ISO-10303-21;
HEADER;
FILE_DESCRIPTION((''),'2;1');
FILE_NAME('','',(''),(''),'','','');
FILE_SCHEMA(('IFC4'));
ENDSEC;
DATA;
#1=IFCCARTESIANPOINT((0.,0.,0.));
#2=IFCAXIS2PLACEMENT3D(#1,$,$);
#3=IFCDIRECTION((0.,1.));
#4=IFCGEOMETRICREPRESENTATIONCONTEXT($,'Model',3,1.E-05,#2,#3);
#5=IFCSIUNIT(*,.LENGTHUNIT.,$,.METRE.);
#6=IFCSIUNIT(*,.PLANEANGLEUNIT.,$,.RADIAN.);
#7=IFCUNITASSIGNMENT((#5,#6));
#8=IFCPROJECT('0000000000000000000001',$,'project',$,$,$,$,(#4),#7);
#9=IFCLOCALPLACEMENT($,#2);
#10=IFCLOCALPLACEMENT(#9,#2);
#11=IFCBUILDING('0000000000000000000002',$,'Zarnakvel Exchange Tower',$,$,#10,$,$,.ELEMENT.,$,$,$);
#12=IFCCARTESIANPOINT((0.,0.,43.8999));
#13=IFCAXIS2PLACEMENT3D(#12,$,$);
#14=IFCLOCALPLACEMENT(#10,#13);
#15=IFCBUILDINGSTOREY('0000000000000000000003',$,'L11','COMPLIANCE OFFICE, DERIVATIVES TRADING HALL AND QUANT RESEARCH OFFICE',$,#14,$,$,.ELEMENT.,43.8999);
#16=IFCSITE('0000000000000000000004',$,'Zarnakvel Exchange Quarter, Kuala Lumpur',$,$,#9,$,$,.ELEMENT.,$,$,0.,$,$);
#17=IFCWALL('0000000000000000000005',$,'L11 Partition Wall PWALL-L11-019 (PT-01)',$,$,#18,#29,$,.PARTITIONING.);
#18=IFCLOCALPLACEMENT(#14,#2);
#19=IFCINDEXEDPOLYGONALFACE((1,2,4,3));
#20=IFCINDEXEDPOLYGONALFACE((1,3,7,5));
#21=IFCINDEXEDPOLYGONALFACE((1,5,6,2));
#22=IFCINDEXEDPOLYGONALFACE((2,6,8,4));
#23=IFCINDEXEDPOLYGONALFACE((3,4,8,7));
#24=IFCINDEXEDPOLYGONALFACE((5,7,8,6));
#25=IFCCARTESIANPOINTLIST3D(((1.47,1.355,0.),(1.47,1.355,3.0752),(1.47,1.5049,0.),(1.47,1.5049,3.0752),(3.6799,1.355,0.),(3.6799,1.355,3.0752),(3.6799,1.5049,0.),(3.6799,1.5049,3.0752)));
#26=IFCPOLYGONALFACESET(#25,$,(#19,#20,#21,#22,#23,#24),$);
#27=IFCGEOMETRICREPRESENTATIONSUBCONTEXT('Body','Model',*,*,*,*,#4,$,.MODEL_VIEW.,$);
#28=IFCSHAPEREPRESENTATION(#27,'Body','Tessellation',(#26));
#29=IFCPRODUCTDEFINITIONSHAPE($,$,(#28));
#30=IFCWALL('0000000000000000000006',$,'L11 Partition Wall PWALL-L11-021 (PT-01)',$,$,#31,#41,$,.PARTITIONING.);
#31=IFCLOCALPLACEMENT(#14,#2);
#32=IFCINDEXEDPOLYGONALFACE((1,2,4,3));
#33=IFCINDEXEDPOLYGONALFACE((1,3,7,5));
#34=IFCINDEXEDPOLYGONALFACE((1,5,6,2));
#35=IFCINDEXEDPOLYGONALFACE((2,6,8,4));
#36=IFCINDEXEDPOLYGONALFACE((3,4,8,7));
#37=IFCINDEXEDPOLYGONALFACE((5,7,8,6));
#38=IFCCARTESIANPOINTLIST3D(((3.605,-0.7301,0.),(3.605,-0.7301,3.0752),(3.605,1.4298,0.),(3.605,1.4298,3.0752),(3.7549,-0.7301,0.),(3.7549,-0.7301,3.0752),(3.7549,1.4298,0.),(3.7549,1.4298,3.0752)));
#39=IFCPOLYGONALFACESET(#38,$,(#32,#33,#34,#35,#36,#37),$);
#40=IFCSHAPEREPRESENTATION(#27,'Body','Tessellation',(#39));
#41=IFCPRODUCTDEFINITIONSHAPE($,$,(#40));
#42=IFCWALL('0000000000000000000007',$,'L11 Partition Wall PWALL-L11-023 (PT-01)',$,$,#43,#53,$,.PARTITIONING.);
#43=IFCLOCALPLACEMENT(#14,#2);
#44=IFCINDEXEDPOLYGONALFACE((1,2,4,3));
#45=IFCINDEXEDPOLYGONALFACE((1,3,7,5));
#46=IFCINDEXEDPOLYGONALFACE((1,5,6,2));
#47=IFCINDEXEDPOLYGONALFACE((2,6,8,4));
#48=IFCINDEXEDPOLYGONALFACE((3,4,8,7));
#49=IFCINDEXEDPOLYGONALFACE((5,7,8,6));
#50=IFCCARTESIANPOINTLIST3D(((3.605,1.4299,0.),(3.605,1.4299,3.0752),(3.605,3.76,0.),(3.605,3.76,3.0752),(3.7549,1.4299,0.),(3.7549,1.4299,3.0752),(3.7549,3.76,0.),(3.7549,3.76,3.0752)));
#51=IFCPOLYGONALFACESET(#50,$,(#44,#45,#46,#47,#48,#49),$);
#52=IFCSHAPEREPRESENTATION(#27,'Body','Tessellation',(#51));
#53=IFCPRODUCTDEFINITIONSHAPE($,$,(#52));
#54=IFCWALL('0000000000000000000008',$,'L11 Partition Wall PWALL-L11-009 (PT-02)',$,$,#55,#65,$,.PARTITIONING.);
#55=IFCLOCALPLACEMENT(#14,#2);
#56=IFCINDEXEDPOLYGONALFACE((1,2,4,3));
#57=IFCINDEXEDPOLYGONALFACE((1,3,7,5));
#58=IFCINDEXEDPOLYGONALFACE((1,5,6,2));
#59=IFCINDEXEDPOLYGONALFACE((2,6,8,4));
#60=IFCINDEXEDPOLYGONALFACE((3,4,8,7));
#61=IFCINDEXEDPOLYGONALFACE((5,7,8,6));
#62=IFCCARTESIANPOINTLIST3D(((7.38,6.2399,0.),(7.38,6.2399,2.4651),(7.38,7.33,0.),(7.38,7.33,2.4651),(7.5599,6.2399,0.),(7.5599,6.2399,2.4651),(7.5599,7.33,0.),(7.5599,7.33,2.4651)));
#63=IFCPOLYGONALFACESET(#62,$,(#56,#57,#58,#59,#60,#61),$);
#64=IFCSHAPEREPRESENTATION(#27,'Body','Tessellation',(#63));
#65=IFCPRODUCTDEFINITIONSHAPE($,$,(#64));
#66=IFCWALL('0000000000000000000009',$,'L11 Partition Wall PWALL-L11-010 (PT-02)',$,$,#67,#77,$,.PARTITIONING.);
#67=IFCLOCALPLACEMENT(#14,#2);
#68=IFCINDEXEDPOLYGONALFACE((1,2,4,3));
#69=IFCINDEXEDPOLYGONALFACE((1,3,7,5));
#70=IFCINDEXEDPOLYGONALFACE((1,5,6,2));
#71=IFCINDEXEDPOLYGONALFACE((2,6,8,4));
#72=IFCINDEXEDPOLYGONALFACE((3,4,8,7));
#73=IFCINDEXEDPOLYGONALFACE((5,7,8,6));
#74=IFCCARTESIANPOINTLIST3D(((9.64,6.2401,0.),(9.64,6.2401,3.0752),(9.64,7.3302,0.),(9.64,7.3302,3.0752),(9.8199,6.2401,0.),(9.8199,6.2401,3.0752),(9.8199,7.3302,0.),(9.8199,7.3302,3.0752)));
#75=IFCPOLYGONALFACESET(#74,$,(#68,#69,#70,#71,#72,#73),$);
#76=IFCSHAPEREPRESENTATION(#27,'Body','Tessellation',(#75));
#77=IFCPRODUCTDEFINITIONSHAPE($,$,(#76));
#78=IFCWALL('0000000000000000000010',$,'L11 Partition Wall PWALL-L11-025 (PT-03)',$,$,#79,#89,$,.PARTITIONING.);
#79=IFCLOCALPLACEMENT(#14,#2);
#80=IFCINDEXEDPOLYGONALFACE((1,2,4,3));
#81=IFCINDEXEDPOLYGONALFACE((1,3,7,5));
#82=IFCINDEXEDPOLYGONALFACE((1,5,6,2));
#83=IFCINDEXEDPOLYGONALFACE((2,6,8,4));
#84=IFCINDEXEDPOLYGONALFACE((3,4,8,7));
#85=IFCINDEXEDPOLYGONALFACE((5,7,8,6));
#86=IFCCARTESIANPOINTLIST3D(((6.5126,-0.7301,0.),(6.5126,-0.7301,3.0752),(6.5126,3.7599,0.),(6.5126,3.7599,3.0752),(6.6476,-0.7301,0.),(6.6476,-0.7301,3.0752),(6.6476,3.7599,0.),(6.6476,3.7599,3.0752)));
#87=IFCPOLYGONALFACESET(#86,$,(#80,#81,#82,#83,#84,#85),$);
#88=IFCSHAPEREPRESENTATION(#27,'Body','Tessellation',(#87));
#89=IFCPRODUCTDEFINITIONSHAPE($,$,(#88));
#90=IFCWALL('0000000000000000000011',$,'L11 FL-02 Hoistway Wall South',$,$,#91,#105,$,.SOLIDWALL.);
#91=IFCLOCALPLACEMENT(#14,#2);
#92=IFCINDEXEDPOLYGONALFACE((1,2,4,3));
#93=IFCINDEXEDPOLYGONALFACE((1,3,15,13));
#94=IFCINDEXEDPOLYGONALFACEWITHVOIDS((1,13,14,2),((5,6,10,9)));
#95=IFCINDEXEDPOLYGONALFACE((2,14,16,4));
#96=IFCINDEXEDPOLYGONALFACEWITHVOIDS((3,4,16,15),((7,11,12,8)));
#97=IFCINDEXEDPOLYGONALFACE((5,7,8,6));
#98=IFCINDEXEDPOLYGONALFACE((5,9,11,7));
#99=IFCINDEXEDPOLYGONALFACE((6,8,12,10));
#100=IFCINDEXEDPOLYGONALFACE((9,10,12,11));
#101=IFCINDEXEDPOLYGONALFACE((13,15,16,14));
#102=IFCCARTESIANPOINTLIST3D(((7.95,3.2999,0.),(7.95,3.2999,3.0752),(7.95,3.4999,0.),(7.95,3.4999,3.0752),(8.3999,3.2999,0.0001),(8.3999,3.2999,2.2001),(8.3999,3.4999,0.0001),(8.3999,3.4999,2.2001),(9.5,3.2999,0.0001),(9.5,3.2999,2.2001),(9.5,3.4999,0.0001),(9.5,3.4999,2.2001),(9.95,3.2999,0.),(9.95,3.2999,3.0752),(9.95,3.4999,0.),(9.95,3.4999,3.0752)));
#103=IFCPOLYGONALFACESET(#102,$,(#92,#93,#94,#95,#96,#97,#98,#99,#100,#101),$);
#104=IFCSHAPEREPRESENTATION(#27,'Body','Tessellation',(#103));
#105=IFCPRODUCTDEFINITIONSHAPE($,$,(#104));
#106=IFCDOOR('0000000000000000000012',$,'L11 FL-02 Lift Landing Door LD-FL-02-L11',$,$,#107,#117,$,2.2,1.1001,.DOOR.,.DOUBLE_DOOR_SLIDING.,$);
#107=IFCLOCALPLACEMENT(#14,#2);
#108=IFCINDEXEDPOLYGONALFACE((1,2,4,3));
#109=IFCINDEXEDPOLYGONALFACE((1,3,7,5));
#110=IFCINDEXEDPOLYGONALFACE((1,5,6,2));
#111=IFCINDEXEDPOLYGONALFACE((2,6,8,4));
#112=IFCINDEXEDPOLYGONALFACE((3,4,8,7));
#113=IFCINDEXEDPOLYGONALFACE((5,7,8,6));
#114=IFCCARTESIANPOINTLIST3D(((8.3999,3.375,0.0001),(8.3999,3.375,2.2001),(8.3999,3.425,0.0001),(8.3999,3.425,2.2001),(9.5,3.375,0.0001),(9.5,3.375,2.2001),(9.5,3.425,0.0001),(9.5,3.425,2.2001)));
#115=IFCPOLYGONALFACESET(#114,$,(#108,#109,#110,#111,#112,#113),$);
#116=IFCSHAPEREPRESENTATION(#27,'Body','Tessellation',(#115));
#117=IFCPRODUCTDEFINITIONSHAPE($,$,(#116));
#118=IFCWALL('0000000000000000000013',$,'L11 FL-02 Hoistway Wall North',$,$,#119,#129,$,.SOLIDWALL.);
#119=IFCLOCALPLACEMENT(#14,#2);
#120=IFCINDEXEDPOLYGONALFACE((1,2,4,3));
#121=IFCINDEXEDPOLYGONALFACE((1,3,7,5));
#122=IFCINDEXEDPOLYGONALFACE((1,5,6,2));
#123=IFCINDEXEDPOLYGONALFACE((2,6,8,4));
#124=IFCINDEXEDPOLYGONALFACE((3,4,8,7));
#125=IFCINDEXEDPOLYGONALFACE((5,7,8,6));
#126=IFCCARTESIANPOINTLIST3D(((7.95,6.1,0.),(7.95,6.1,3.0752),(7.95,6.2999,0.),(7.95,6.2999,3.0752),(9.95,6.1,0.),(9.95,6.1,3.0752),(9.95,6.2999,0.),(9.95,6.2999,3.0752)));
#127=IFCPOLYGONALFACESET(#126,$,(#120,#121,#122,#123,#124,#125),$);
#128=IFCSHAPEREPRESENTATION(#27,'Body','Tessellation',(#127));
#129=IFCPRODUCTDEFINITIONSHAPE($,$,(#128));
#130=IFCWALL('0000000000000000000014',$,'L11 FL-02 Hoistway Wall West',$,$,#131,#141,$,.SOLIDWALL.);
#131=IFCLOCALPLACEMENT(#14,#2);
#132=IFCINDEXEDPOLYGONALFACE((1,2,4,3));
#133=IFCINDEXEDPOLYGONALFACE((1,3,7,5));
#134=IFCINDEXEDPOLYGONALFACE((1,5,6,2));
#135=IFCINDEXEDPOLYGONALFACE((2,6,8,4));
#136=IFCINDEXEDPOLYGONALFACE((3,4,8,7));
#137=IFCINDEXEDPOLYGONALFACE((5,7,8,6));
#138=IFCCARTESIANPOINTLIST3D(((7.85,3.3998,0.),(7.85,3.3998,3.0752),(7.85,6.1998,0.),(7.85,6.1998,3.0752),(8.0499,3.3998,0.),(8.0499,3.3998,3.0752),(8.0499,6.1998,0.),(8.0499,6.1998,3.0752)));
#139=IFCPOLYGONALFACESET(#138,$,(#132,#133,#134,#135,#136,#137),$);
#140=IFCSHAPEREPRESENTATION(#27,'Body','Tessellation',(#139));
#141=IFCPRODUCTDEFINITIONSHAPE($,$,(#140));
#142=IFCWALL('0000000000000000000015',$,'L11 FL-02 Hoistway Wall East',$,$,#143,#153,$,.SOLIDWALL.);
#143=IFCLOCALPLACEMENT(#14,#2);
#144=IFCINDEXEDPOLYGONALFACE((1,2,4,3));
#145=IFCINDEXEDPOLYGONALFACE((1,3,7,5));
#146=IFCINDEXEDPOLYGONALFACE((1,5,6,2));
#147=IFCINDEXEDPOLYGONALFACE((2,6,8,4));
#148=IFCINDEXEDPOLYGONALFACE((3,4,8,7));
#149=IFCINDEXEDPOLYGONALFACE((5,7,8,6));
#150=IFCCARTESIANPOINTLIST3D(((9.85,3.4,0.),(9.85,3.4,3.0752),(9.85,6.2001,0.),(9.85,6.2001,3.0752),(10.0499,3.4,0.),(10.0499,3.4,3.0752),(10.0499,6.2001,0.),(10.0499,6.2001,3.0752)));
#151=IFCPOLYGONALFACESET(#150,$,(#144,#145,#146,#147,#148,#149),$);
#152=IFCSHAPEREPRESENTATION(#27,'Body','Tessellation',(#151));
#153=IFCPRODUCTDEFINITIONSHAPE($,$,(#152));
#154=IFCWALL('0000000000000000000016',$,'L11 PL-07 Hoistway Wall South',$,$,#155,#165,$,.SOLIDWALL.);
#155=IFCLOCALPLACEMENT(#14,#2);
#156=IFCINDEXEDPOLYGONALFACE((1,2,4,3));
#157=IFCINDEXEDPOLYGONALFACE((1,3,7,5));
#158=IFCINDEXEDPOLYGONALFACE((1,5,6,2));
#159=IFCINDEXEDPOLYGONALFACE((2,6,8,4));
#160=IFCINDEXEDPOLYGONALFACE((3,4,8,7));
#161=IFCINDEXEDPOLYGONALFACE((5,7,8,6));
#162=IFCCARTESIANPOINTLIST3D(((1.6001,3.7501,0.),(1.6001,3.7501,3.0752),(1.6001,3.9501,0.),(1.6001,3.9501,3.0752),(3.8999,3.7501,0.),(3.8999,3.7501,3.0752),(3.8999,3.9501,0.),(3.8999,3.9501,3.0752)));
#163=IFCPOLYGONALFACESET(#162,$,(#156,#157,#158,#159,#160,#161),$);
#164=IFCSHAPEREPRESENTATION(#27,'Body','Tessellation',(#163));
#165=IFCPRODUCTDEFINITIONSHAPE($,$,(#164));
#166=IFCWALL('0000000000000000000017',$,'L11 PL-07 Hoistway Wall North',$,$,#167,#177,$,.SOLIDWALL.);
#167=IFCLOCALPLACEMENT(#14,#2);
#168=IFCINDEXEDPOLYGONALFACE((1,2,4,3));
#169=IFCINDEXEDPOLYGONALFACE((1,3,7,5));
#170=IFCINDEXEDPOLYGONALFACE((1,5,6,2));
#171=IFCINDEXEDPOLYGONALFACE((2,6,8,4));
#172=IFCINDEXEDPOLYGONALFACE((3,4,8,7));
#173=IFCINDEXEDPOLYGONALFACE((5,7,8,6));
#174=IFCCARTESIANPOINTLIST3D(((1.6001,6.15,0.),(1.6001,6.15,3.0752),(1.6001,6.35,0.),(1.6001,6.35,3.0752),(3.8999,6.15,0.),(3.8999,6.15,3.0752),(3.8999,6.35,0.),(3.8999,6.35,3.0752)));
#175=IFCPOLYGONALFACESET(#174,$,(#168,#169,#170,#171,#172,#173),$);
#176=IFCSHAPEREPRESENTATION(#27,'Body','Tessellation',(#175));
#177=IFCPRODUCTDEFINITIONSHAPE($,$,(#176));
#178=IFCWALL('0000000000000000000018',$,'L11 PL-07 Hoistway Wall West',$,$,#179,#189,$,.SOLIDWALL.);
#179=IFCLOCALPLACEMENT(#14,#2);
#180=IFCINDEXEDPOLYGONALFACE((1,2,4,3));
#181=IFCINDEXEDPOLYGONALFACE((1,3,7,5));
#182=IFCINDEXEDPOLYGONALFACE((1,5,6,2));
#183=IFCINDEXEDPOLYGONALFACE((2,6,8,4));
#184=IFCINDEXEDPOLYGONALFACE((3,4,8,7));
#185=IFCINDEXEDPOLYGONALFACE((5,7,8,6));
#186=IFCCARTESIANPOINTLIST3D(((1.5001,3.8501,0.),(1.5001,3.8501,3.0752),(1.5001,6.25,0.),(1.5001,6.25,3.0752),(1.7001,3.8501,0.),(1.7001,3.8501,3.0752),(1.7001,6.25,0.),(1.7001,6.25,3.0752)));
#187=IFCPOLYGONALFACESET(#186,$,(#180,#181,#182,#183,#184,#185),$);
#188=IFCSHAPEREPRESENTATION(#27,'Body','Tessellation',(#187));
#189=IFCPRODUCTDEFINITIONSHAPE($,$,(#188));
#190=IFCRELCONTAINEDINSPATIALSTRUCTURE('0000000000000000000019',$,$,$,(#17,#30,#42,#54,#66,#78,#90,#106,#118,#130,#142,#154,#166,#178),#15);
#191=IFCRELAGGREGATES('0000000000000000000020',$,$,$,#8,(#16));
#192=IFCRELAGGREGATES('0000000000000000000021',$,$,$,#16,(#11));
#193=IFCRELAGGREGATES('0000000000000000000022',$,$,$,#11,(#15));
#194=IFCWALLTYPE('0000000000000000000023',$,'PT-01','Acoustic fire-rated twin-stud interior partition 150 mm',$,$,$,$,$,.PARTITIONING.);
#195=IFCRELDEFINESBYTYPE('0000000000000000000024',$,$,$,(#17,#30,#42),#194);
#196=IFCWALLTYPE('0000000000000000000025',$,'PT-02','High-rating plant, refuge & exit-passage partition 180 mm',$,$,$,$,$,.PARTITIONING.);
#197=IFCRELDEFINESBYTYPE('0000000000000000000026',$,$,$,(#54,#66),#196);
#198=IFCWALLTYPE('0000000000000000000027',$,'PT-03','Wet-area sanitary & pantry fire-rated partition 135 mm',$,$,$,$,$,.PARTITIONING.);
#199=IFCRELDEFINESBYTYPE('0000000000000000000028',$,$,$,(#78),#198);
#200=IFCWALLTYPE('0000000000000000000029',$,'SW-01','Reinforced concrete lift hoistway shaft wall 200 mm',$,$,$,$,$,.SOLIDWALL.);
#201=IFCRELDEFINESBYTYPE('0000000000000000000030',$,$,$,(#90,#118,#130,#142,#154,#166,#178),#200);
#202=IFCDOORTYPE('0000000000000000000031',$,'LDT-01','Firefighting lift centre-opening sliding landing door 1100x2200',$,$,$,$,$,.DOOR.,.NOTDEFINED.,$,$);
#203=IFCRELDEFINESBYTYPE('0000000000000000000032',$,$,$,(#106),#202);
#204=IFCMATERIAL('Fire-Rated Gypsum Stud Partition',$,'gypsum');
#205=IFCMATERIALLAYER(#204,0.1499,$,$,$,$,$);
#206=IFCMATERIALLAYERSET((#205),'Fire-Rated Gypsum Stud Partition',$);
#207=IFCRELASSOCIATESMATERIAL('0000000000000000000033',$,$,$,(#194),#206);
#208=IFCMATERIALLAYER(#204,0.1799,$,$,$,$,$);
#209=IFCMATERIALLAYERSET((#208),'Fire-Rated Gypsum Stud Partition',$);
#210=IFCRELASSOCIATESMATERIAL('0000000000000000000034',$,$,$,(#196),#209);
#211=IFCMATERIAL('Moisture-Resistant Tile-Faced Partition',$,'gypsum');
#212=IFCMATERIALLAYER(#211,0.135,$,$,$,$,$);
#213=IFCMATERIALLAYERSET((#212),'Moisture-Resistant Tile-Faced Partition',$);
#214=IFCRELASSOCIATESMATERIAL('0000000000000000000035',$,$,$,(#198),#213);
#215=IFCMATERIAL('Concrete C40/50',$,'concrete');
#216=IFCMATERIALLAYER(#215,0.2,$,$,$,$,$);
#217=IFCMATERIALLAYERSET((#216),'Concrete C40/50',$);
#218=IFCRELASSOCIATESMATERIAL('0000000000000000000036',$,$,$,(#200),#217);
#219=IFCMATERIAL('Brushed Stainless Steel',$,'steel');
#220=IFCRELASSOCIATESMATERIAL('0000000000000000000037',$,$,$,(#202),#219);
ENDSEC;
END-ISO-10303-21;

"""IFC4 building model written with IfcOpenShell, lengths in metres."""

from ifc_helpers import new_model, si_unit, direction, frame, frame_2d, origin, place, context, subcontext, project, spatial, rectangle, extrude, source, transform, mapped, material, layer, layer_set, type_object, element, fill, save


model = new_model("IFC4")

# Units and contexts
model_context = context("Model", 3, precision=1e-05, world=origin(), true_north=direction((0.0, 1.0)))
body_context = subcontext(model_context, "Body", "Model", "MODEL_VIEW")
ifc_project = project(units=[si_unit("LENGTHUNIT", "METRE"), si_unit("PLANEANGLEUNIT", "RADIAN")], contexts=[model_context])

# Site, building, storey
site_placement = place(None, origin())
site = spatial("IfcSite", under=ifc_project, at=site_placement, Name="Zarnakvel Exchange Quarter, Kuala Lumpur", CompositionType="ELEMENT", RefElevation=0.0)
building_placement = place(site_placement, origin())
building = spatial("IfcBuilding", under=site, at=building_placement, Name="Zarnakvel Exchange Tower", CompositionType="ELEMENT")
storey_placement = place(building_placement, frame((0.0, 0.0, 43.8999)))
storey = spatial("IfcBuildingStorey", under=building, at=storey_placement, Name="L11", Description="COMPLIANCE OFFICE, DERIVATIVES TRADING HALL AND QUANT RESEARCH OFFICE", CompositionType="ELEMENT", Elevation=43.8999)

# Walls
ifc_material_1 = material(Name="Fire-Rated Gypsum Stud Partition", Category="gypsum")
ifc_layer_1 = layer(ifc_material_1, 0.1499)
ifc_layer_set_1 = layer_set([ifc_layer_1], Name="Fire-Rated Gypsum Stud Partition")
wall_type_1 = type_object("IfcWallType", Name="PT-01", Description="Acoustic fire-rated twin-stud interior partition 150 mm", PredefinedType="PARTITIONING", material=ifc_layer_set_1)
wall_1_placement = place(storey_placement, frame((1.47, 1.4299, 0.0), z_axis=(0.0, 0.0, 1.0), x_axis=(1.0, 0.0, 0.0)))
element("IfcWall", 1, at=wall_1_placement, inside=storey, type_object=wall_type_1, Name="L11 Partition Wall PWALL-L11-019 (PT-01)", PredefinedType="PARTITIONING", context=body_context, shape_type="SweptSolid", body=[
    extrude(rectangle(XDim=2.21, YDim=0.1499, at=frame_2d((1.105, 0.0))), origin(), (0.0, 0.0, 1.0), 3.0752),
])
wall_2_placement = place(storey_placement, frame((3.6799, 1.4299, 0.0), z_axis=(0.0, 0.0, 1.0), x_axis=(0.0, -1.0, 0.0)))
element("IfcWall", 2, at=wall_2_placement, inside=storey, type_object=wall_type_1, Name="L11 Partition Wall PWALL-L11-021 (PT-01)", PredefinedType="PARTITIONING", context=body_context, shape_type="SweptSolid", body=[
    extrude(rectangle(XDim=2.1599, YDim=0.1499, at=frame_2d((1.0801, 0.0))), origin(), (0.0, 0.0, 1.0), 3.0752),
])

# Walls
wall_3_placement = place(storey_placement, frame((3.6799, 3.76, 0.0), z_axis=(0.0, 0.0, 1.0), x_axis=(0.0, -1.0, 0.0)))
element("IfcWall", 3, at=wall_3_placement, inside=storey, type_object=wall_type_1, Name="L11 Partition Wall PWALL-L11-023 (PT-01)", PredefinedType="PARTITIONING", context=body_context, shape_type="SweptSolid", body=[
    extrude(rectangle(XDim=2.3301, YDim=0.1499, at=frame_2d((1.165, 0.0))), origin(), (0.0, 0.0, 1.0), 3.0752),
])
ifc_layer_2 = layer(ifc_material_1, 0.1799)
ifc_layer_set_2 = layer_set([ifc_layer_2], Name="Fire-Rated Gypsum Stud Partition")
wall_type_2 = type_object("IfcWallType", Name="PT-02", Description="High-rating plant, refuge & exit-passage partition 180 mm", PredefinedType="PARTITIONING", material=ifc_layer_set_2)
wall_4_placement = place(storey_placement, frame((7.47, 6.24, 0.0), z_axis=(0.0, 0.0, 1.0), x_axis=(0.0, 1.0, 0.0)))
element("IfcWall", 4, at=wall_4_placement, inside=storey, type_object=wall_type_2, Name="L11 Partition Wall PWALL-L11-009 (PT-02)", PredefinedType="PARTITIONING", context=body_context, shape_type="SweptSolid", body=[
    extrude(rectangle(XDim=1.0901, YDim=0.1799, at=frame_2d((0.5449, 0.0))), origin(), (0.0, 0.0, 1.0), 2.4651),
])
wall_5_placement = place(storey_placement, frame((9.73, 7.3301, 0.0), z_axis=(0.0, 0.0, 1.0), x_axis=(0.0, -1.0, 0.0)))
element("IfcWall", 5, at=wall_5_placement, inside=storey, type_object=wall_type_2, Name="L11 Partition Wall PWALL-L11-010 (PT-02)", PredefinedType="PARTITIONING", context=body_context, shape_type="SweptSolid", body=[
    extrude(rectangle(XDim=1.0901, YDim=0.1799, at=frame_2d((0.5449, 0.0))), origin(), (0.0, 0.0, 1.0), 3.0752),
])
ifc_material_2 = material(Name="Moisture-Resistant Tile-Faced Partition", Category="gypsum")
ifc_layer_3 = layer(ifc_material_2, 0.135)
ifc_layer_set_3 = layer_set([ifc_layer_3], Name="Moisture-Resistant Tile-Faced Partition")
wall_type_3 = type_object("IfcWallType", Name="PT-03", Description="Wet-area sanitary & pantry fire-rated partition 135 mm", PredefinedType="PARTITIONING", material=ifc_layer_set_3)
wall_6_placement = place(storey_placement, frame((6.5801, 3.76, 0.0), z_axis=(0.0, 0.0, 1.0), x_axis=(0.0, -1.0, 0.0)))
element("IfcWall", 6, at=wall_6_placement, inside=storey, type_object=wall_type_3, Name="L11 Partition Wall PWALL-L11-025 (PT-03)", PredefinedType="PARTITIONING", context=body_context, shape_type="SweptSolid", body=[
    extrude(rectangle(XDim=4.49, YDim=0.135, at=frame_2d((2.2451, 0.0))), origin(), (0.0, 0.0, 1.0), 3.0752),
])

# Wall, opening, door
ifc_material_3 = material(Name="Concrete C40/50", Category="concrete")
ifc_layer_4 = layer(ifc_material_3, 0.2)
ifc_layer_set_4 = layer_set([ifc_layer_4], Name="Concrete C40/50")
wall_type_4 = type_object("IfcWallType", Name="SW-01", Description="Reinforced concrete lift hoistway shaft wall 200 mm", PredefinedType="SOLIDWALL", material=ifc_layer_set_4)
wall_7_placement = place(storey_placement, frame((9.95, 3.3999, 0.0), z_axis=(0.0, 0.0, 1.0), x_axis=(-1.0, 0.0, 0.0)))
wall_7 = element("IfcWall", 7, at=wall_7_placement, inside=storey, type_object=wall_type_4, Name="L11 FL-02 Hoistway Wall South", PredefinedType="SOLIDWALL", context=body_context, shape_type="SweptSolid", body=[
    extrude(rectangle(XDim=2.0, YDim=0.2, at=frame_2d((1.0, 0.0))), origin(), (0.0, 0.0, 1.0), 3.0752),
])
opening_1_placement = place(wall_7_placement, frame((0.45, 0.0, 0.0)))
opening_1 = element("IfcOpeningElement", 8, at=opening_1_placement, cuts=wall_7, PredefinedType="OPENING", context=body_context, shape_type="SweptSolid", body=[
    extrude(rectangle(XDim=1.1001, YDim=2.2, at=frame_2d((0.55, 1.1001))), frame((0.0, 0.1099, 0.0), z_axis=(0.0, -1.0, 0.0), x_axis=(1.0, 0.0, 0.0)), (0.0, 0.0, 1.0), 0.22),
])
ifc_material_4 = material(Name="Brushed Stainless Steel", Category="steel")
door_type_1 = type_object("IfcDoorType", Name="LDT-01", Description="Firefighting lift centre-opening sliding landing door 1100x2200", OperationType="NOTDEFINED", PredefinedType="DOOR", material=ifc_material_4)
shared_shape_1 = source(origin(), body_context, "Body", "SweptSolid", [
    extrude(rectangle(XDim=1.1001, YDim=2.2, at=frame_2d((0.55, 1.1001))), frame((0.0, 0.0249, 0.0), z_axis=(0.0, -1.0, 0.0), x_axis=(1.0, 0.0, 0.0)), (0.0, 0.0, 1.0), 0.05),
])
door_1_placement = place(opening_1_placement, origin())
door_1 = element("IfcDoor", 9, at=door_1_placement, inside=storey, type_object=door_type_1, Name="L11 FL-02 Lift Landing Door LD-FL-02-L11", OperationType="DOUBLE_DOOR_SLIDING", OverallHeight=2.2, OverallWidth=1.1001, PredefinedType="DOOR", context=body_context, shape_type="MappedRepresentation", body=[
    mapped(shared_shape_1, transform((0.0, 0.0, 0.0), x_axis=(1.0, 0.0, 0.0), y_axis=(0.0, 1.0, 0.0), z_axis=(0.0, 0.0, 1.0), scale=1.0)),
])
fill(opening_1, door_1)

# Walls
wall_8_placement = place(storey_placement, frame((7.95, 6.2, 0.0), z_axis=(0.0, 0.0, 1.0), x_axis=(1.0, 0.0, 0.0)))
element("IfcWall", 10, at=wall_8_placement, inside=storey, type_object=wall_type_4, Name="L11 FL-02 Hoistway Wall North", PredefinedType="SOLIDWALL", context=body_context, shape_type="SweptSolid", body=[
    extrude(rectangle(XDim=2.0, YDim=0.2, at=frame_2d((1.0, 0.0))), origin(), (0.0, 0.0, 1.0), 3.0752),
])
for number, where, z_axis, x_axis, name in (
    (11, (7.95, 3.3999, 0.0), (0.0, 0.0, 1.0), (0.0, 1.0, 0.0), "L11 FL-02 Hoistway Wall West"),
    (12, (9.95, 6.2, 0.0), (0.0, 0.0, 1.0), (0.0, -1.0, 0.0), "L11 FL-02 Hoistway Wall East"),
):
    element("IfcWall", number, at=place(storey_placement, frame(where, z_axis=z_axis, x_axis=x_axis)), inside=storey, type_object=wall_type_4, Name=name, PredefinedType="SOLIDWALL", context=body_context, shape_type="SweptSolid", body=[
        extrude(rectangle(XDim=2.8, YDim=0.2, at=frame_2d((1.3999, 0.0))), origin(), (0.0, 0.0, 1.0), 3.0752),
    ])
for number, where, z_axis, x_axis, name in (
    (13, (3.8999, 3.8501, 0.0), (0.0, 0.0, 1.0), (-1.0, 0.0, 0.0), "L11 PL-07 Hoistway Wall South"),
    (14, (1.6001, 6.25, 0.0), (0.0, 0.0, 1.0), (1.0, 0.0, 0.0), "L11 PL-07 Hoistway Wall North"),
):
    element("IfcWall", number, at=place(storey_placement, frame(where, z_axis=z_axis, x_axis=x_axis)), inside=storey, type_object=wall_type_4, Name=name, PredefinedType="SOLIDWALL", context=body_context, shape_type="SweptSolid", body=[
        extrude(rectangle(XDim=2.2998, YDim=0.2, at=frame_2d((1.1499, 0.0))), origin(), (0.0, 0.0, 1.0), 3.0752),
    ])
for number, where, z_axis, x_axis, name in (
    (15, (1.6001, 3.8501, 0.0), (0.0, 0.0, 1.0), (0.0, 1.0, 0.0), "L11 PL-07 Hoistway Wall West"),
):
    element("IfcWall", number, at=place(storey_placement, frame(where, z_axis=z_axis, x_axis=x_axis)), inside=storey, type_object=wall_type_4, Name=name, PredefinedType="SOLIDWALL", context=body_context, shape_type="SweptSolid", body=[
        extrude(rectangle(XDim=2.3999, YDim=0.2, at=frame_2d((1.2, 0.0))), origin(), (0.0, 0.0, 1.0), 3.0752),
    ])

save(model, "model.ifc")
